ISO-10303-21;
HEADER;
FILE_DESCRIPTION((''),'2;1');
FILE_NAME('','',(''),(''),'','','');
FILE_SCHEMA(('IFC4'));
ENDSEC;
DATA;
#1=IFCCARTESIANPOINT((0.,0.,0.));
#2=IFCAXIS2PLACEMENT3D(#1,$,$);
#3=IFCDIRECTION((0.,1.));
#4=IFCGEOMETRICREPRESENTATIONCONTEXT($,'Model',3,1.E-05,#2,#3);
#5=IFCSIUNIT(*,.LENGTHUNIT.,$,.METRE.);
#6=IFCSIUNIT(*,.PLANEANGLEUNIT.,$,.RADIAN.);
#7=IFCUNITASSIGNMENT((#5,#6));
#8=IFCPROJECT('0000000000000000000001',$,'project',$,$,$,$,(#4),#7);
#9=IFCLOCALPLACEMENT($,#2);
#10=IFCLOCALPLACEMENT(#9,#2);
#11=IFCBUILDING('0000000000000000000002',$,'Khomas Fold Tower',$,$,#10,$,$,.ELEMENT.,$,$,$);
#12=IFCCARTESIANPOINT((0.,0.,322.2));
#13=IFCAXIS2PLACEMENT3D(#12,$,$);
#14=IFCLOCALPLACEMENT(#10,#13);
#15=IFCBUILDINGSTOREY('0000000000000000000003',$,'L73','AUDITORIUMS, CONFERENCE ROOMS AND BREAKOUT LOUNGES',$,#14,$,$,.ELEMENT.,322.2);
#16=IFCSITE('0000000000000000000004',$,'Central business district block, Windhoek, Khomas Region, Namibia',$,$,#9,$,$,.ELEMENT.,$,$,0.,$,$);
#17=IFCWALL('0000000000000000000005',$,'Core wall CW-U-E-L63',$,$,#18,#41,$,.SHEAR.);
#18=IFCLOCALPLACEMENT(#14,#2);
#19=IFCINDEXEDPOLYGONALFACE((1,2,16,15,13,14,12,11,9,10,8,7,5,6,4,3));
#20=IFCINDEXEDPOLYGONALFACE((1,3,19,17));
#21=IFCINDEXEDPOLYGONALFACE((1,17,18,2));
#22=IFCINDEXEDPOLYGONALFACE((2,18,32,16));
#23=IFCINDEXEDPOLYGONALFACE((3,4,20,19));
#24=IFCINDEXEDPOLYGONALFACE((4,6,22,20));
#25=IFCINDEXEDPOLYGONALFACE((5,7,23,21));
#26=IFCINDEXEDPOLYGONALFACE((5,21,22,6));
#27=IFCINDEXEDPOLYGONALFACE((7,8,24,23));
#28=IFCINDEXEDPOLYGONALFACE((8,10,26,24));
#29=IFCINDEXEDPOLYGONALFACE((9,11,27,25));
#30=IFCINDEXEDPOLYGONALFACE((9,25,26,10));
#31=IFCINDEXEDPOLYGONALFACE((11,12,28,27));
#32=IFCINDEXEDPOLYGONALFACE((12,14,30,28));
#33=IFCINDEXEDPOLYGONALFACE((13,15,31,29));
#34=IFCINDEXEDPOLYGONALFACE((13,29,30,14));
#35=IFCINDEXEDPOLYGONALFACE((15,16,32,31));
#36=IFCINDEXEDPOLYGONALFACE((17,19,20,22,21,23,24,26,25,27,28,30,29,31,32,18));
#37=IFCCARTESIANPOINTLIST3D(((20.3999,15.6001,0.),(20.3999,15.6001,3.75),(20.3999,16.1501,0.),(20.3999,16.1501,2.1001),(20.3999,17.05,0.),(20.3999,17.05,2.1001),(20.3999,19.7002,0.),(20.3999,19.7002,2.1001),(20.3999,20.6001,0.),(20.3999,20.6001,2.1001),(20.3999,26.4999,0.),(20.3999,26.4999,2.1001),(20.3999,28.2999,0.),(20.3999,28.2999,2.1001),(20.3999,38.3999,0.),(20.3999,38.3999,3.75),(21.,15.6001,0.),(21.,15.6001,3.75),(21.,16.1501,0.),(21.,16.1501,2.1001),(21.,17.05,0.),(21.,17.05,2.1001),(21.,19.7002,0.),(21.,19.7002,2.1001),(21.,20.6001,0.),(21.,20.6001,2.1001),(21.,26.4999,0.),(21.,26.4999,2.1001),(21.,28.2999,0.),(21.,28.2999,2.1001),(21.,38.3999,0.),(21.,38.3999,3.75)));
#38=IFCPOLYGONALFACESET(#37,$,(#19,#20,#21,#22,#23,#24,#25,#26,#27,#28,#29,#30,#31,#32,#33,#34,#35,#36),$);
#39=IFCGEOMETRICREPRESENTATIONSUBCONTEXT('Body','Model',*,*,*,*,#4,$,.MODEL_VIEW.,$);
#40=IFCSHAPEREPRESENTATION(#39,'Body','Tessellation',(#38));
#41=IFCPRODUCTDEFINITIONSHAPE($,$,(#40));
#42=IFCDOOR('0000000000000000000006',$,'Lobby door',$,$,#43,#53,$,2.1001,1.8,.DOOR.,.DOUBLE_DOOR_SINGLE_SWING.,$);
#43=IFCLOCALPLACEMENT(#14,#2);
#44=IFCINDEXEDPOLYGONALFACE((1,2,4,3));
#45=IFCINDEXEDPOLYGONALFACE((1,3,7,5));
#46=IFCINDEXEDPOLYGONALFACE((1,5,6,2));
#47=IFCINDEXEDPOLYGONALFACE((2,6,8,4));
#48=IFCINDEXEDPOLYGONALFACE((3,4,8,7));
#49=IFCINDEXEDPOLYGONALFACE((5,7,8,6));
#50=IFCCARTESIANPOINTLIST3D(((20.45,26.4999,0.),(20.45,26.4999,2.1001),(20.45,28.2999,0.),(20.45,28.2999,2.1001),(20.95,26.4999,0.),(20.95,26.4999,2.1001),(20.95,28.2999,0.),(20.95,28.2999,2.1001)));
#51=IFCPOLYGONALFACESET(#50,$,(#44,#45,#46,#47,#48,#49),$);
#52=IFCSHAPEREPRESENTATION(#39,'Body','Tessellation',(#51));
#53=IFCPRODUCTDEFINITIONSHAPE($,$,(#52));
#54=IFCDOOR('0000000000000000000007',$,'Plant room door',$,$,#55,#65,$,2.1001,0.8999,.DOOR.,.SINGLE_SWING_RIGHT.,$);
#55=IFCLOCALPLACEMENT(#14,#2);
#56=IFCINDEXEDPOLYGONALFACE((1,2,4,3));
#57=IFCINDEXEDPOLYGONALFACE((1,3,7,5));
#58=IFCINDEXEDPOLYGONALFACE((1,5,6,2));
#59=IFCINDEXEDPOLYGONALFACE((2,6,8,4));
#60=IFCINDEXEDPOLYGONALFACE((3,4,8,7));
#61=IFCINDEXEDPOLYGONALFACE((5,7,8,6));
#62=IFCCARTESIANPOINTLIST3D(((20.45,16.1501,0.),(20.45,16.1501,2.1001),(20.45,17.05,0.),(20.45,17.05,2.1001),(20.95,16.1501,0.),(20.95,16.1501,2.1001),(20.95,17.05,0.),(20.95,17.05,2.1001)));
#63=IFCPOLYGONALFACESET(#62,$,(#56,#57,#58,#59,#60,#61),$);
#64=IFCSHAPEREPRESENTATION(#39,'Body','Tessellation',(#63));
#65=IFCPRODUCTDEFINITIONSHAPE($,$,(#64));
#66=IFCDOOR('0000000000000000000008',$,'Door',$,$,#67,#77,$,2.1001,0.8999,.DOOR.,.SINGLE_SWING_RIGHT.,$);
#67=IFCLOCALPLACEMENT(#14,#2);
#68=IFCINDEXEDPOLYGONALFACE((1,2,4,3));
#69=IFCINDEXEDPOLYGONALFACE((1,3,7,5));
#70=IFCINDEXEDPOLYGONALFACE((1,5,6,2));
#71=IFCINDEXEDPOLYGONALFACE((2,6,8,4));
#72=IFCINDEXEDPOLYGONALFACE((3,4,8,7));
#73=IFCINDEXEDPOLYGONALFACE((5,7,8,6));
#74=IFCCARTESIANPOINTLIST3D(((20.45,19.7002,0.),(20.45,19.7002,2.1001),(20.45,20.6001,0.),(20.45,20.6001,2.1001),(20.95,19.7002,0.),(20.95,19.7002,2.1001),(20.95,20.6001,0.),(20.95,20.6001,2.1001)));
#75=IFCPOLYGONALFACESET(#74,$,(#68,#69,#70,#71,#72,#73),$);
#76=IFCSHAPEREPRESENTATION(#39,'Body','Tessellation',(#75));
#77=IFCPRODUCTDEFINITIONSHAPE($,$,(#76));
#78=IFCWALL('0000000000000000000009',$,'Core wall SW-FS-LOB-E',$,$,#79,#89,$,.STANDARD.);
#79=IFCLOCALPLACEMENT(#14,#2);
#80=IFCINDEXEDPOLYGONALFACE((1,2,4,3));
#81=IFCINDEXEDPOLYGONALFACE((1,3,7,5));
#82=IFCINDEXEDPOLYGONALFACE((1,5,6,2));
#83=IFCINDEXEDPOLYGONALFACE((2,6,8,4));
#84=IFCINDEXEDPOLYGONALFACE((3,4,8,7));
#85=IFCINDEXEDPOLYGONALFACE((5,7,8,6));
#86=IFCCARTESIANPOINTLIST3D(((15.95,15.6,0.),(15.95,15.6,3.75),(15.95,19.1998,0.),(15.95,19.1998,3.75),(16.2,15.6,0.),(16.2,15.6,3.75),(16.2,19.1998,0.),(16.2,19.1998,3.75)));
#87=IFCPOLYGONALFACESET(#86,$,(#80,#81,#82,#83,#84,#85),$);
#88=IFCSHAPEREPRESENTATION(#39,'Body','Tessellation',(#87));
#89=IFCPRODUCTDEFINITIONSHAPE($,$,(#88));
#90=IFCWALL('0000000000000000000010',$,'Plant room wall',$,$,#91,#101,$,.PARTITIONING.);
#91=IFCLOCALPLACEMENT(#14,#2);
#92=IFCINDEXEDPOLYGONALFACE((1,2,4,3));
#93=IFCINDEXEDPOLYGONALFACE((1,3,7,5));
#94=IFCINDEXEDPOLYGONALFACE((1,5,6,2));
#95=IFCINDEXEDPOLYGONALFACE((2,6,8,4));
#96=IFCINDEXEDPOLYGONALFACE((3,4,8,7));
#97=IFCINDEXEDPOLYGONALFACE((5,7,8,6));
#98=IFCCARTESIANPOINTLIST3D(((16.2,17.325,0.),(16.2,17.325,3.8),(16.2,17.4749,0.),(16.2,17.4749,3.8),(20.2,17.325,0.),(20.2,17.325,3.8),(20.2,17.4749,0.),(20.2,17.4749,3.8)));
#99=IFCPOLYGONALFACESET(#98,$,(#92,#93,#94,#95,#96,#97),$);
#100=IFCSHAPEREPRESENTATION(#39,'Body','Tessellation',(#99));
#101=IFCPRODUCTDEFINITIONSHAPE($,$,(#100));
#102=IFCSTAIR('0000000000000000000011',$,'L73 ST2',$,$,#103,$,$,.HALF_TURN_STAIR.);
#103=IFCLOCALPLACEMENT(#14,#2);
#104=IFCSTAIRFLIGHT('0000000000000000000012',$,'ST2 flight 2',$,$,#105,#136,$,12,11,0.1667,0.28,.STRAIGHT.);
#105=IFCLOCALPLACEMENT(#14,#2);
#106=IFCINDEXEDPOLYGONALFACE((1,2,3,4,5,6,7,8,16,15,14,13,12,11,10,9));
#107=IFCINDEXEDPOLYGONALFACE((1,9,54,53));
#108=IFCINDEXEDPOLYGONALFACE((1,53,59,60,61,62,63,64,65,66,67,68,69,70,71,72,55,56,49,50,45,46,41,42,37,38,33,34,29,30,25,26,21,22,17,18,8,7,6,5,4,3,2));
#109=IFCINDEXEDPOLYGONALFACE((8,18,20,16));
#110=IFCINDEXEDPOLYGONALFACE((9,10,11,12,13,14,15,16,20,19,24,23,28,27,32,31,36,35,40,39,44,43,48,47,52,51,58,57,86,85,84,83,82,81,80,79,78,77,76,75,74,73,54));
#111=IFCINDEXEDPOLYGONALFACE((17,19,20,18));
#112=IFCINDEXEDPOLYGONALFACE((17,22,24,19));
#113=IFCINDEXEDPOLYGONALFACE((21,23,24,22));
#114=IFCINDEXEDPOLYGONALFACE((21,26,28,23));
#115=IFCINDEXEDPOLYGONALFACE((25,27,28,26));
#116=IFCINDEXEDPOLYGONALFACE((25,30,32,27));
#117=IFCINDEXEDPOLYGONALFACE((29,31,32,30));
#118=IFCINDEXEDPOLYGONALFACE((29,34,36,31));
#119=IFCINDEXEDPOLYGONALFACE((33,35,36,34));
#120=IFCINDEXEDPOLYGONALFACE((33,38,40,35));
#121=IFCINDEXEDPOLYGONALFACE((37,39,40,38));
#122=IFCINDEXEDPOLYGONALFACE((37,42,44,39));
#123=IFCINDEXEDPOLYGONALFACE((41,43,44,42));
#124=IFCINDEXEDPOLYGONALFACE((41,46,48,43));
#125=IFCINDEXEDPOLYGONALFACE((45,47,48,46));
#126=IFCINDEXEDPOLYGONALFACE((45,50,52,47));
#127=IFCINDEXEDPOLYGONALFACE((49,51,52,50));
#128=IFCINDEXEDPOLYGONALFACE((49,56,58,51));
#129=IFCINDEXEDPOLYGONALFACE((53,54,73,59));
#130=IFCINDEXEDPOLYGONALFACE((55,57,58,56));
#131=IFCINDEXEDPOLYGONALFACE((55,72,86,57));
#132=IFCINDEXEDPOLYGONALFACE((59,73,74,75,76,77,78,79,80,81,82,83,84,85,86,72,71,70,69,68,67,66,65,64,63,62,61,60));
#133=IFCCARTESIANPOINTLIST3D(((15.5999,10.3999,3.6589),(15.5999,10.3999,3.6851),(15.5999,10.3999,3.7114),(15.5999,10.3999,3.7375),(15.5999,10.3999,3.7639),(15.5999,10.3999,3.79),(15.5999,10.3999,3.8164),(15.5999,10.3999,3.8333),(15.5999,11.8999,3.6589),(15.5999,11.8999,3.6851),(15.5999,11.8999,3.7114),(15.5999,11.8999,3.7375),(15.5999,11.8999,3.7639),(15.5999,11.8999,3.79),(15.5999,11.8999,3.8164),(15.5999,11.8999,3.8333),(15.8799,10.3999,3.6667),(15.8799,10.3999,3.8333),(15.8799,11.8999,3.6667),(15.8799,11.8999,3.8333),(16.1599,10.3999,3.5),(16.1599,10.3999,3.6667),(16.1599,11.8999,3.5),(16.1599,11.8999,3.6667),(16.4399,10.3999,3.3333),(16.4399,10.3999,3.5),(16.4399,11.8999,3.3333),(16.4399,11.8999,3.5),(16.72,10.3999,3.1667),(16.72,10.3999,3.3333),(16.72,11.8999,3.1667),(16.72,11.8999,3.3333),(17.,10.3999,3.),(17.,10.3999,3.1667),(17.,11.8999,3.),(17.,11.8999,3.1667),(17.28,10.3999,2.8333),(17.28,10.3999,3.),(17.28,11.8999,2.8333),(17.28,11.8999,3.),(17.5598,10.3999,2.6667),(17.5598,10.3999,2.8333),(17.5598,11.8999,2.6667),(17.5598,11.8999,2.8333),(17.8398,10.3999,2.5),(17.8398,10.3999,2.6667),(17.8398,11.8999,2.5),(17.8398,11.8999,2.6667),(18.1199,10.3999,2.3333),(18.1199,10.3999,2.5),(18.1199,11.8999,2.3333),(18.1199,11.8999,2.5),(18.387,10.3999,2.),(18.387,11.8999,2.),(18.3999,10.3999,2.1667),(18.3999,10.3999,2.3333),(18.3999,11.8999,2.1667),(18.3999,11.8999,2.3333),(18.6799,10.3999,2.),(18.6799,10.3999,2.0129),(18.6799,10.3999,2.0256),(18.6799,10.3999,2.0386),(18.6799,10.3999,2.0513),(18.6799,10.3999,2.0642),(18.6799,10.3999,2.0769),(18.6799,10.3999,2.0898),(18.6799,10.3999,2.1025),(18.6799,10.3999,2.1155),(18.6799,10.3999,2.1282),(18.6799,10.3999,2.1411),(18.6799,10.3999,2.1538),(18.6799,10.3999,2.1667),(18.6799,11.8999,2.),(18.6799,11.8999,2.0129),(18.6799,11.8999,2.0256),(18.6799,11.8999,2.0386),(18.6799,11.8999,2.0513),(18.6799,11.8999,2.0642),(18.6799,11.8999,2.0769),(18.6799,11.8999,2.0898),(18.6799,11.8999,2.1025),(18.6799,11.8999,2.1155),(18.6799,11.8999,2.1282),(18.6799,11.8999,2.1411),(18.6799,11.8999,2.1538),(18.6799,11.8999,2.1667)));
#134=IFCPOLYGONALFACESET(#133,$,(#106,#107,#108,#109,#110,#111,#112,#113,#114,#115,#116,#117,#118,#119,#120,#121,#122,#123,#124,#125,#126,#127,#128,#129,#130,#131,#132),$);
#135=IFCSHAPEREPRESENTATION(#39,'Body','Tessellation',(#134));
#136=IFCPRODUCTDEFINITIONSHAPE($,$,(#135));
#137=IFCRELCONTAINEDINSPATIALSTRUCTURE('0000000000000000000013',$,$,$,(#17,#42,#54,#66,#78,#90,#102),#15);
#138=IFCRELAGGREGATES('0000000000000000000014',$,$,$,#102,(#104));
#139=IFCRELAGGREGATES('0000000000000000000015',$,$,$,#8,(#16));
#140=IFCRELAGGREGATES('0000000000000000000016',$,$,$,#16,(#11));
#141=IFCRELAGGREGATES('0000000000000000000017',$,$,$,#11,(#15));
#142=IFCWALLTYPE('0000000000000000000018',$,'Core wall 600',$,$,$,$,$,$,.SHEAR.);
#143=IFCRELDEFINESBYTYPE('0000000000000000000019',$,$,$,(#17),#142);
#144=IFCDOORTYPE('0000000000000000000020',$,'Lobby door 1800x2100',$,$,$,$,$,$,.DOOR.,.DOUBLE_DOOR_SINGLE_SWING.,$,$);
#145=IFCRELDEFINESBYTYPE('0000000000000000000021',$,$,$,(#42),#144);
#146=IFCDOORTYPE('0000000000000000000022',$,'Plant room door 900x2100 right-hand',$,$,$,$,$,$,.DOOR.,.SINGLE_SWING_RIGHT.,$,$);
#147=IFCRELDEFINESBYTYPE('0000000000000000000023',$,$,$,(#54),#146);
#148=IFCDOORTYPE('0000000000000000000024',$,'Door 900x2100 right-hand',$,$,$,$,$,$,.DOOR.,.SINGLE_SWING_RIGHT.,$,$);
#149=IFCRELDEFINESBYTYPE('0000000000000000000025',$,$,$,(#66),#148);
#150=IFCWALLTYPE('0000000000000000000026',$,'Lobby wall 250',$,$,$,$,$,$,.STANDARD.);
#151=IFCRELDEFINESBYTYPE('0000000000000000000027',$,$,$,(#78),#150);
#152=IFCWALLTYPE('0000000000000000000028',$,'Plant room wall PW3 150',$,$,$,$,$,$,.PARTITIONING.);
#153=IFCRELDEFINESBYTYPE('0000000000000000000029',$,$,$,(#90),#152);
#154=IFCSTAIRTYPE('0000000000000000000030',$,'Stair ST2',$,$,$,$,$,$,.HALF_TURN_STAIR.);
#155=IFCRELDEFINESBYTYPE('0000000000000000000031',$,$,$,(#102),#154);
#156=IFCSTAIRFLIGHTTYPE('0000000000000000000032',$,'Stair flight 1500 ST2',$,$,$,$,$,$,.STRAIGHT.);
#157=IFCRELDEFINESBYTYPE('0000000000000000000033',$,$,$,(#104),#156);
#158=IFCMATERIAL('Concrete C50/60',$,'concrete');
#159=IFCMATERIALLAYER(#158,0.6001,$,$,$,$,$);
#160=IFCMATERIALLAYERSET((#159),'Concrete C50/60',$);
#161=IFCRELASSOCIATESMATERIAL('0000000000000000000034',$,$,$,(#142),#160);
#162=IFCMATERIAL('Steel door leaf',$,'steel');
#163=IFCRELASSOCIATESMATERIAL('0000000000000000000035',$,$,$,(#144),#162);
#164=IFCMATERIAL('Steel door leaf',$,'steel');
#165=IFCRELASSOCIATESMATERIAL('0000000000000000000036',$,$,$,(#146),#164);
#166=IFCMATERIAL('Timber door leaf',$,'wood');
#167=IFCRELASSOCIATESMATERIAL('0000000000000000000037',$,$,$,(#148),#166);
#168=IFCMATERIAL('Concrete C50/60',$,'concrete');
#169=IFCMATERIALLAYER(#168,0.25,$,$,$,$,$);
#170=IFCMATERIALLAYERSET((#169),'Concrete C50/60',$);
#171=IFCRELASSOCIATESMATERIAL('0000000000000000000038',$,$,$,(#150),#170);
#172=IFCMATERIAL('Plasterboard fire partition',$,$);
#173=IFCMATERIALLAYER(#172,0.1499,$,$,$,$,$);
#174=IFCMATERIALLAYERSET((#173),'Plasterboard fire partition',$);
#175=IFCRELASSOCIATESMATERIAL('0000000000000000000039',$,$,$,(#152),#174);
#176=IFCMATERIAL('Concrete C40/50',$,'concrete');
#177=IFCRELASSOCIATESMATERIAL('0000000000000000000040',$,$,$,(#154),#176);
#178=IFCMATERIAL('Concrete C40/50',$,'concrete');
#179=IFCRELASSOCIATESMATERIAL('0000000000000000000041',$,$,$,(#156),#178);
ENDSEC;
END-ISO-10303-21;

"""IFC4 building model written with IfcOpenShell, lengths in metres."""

from ifc_helpers import new_model, si_unit, direction, frame, frame_2d, origin, place, context, subcontext, project, spatial, polyline, rectangle, outline, extrude, source, transform, mapped, material, layer, layer_set, type_object, element, fill, aggregate, save


model = new_model("IFC4")

# Units and contexts
model_context = context("Model", 3, precision=1e-05, world=origin(), true_north=direction((0.0, 1.0)))
body_context = subcontext(model_context, "Body", "Model", "MODEL_VIEW")
ifc_project = project(units=[si_unit("LENGTHUNIT", "METRE"), si_unit("PLANEANGLEUNIT", "RADIAN")], contexts=[model_context])

# Site, building, storey
site_placement = place(None, origin())
site = spatial("IfcSite", under=ifc_project, at=site_placement, Name="Central business district block, Windhoek, Khomas Region, Namibia", CompositionType="ELEMENT", RefElevation=0.0)
building_placement = place(site_placement, origin())
building = spatial("IfcBuilding", under=site, at=building_placement, Name="Khomas Fold Tower", CompositionType="ELEMENT")
storey_placement = place(building_placement, frame((0.0, 0.0, 322.2)))
storey = spatial("IfcBuildingStorey", under=building, at=storey_placement, Name="L73", Description="AUDITORIUMS, CONFERENCE ROOMS AND BREAKOUT LOUNGES", CompositionType="ELEMENT", Elevation=322.2)

# Wall, openings, doors
ifc_material_1 = material(Name="Concrete C50/60", Category="concrete")
ifc_layer_1 = layer(ifc_material_1, 0.6001)
ifc_layer_set_1 = layer_set([ifc_layer_1], Name="Concrete C50/60")
wall_type_1 = type_object("IfcWallType", Name="Core wall 600", PredefinedType="SHEAR", material=ifc_layer_set_1)
shared_shape_1 = source(origin(), body_context, "Body", "SweptSolid", [
    extrude(rectangle(XDim=22.7998, YDim=0.6001, at=frame_2d((11.3999, 0.0))), origin(), (0.0, 0.0, 1.0), 3.75),
])
wall_1_placement = place(storey_placement, frame((20.7, 15.6001, 0.0), z_axis=(0.0, 0.0, 1.0), x_axis=(0.0, 1.0, 0.0)))
wall_1 = element("IfcWall", 1, at=wall_1_placement, inside=storey, type_object=wall_type_1, Name="Core wall CW-U-E-L63", PredefinedType="SHEAR", context=body_context, shape_type="MappedRepresentation", body=[
    mapped(shared_shape_1, transform((0.0, 0.0, 0.0))),
])
shared_shape_2 = source(origin(), body_context, "Body", "SweptSolid", [
    extrude(rectangle(XDim=1.8, YDim=2.1001, at=frame_2d((0.8999, 1.05))), frame((0.0, 0.3101, 0.0), z_axis=(0.0, -1.0, 0.0), x_axis=(1.0, 0.0, 0.0)), (0.0, 0.0, 1.0), 0.6201),
])
opening_1_placement = place(wall_1_placement, frame((10.8999, 0.0, 0.0)))
opening_1 = element("IfcOpeningElement", 2, at=opening_1_placement, cuts=wall_1, PredefinedType="OPENING", context=body_context, shape_type="MappedRepresentation", body=[
    mapped(shared_shape_2, transform((0.0, 0.0, 0.0))),
])
shared_shape_3 = source(origin(), body_context, "Body", "SweptSolid", [
    extrude(rectangle(XDim=0.8999, YDim=2.1001, at=frame_2d((0.45, 1.05))), frame((0.0, 0.3101, 0.0), z_axis=(0.0, -1.0, 0.0), x_axis=(1.0, 0.0, 0.0)), (0.0, 0.0, 1.0), 0.6201),
])
opening_2_placement = place(wall_1_placement, frame((0.55, 0.0, 0.0)))
opening_2 = element("IfcOpeningElement", 3, at=opening_2_placement, cuts=wall_1, PredefinedType="OPENING", context=body_context, shape_type="MappedRepresentation", body=[
    mapped(shared_shape_3, transform((0.0, 0.0, 0.0))),
])
opening_3_placement = place(wall_1_placement, frame((4.1001, 0.0, 0.0)))
opening_3 = element("IfcOpeningElement", 4, at=opening_3_placement, cuts=wall_1, PredefinedType="OPENING", context=body_context, shape_type="MappedRepresentation", body=[
    mapped(shared_shape_3, transform((0.0, 0.0, 0.0))),
])
ifc_material_2 = material(Name="Steel door leaf", Category="steel")
door_type_1 = type_object("IfcDoorType", Name="Lobby door 1800x2100", OperationType="DOUBLE_DOOR_SINGLE_SWING", PredefinedType="DOOR", material=ifc_material_2)
shared_shape_4 = source(origin(), body_context, "Body", "SweptSolid", [
    extrude(rectangle(XDim=1.8, YDim=2.1001, at=frame_2d((0.8999, 1.05))), frame((0.0, 0.25, 0.0), z_axis=(0.0, -1.0, 0.0), x_axis=(1.0, 0.0, 0.0)), (0.0, 0.0, 1.0), 0.5),
])
door_1_placement = place(opening_1_placement, origin())
door_1 = element("IfcDoor", 5, at=door_1_placement, inside=storey, type_object=door_type_1, Name="Lobby door", OperationType="DOUBLE_DOOR_SINGLE_SWING", OverallHeight=2.1001, OverallWidth=1.8, PredefinedType="DOOR", context=body_context, shape_type="MappedRepresentation", body=[
    mapped(shared_shape_4, transform((0.0, 0.0, 0.0))),
])
fill(opening_1, door_1)
ifc_material_3 = material(Name="Steel door leaf", Category="steel")
door_type_2 = type_object("IfcDoorType", Name="Plant room door 900x2100 right-hand", OperationType="SINGLE_SWING_RIGHT", PredefinedType="DOOR", material=ifc_material_3)
shared_shape_5 = source(origin(), body_context, "Body", "SweptSolid", [
    extrude(rectangle(XDim=0.8999, YDim=2.1001, at=frame_2d((0.45, 1.05))), frame((0.0, 0.25, 0.0), z_axis=(0.0, -1.0, 0.0), x_axis=(1.0, 0.0, 0.0)), (0.0, 0.0, 1.0), 0.5),
])
door_2_placement = place(opening_2_placement, origin())
door_2 = element("IfcDoor", 6, at=door_2_placement, inside=storey, type_object=door_type_2, Name="Plant room door", OperationType="SINGLE_SWING_RIGHT", OverallHeight=2.1001, OverallWidth=0.8999, PredefinedType="DOOR", context=body_context, shape_type="MappedRepresentation", body=[
    mapped(shared_shape_5, transform((0.0, 0.0, 0.0))),
])
fill(opening_2, door_2)
ifc_material_4 = material(Name="Timber door leaf", Category="wood")
door_type_3 = type_object("IfcDoorType", Name="Door 900x2100 right-hand", OperationType="SINGLE_SWING_RIGHT", PredefinedType="DOOR", material=ifc_material_4)
door_3_placement = place(opening_3_placement, origin())
door_3 = element("IfcDoor", 7, at=door_3_placement, inside=storey, type_object=door_type_3, Name="Door", OperationType="SINGLE_SWING_RIGHT", OverallHeight=2.1001, OverallWidth=0.8999, PredefinedType="DOOR", context=body_context, shape_type="MappedRepresentation", body=[
    mapped(shared_shape_5, transform((0.0, 0.0, 0.0))),
])
fill(opening_3, door_3)

# Walls
ifc_material_5 = material(Name="Concrete C50/60", Category="concrete")
ifc_layer_2 = layer(ifc_material_5, 0.25)
ifc_layer_set_2 = layer_set([ifc_layer_2], Name="Concrete C50/60")
wall_type_2 = type_object("IfcWallType", Name="Lobby wall 250", PredefinedType="STANDARD", material=ifc_layer_set_2)
shared_shape_6 = source(origin(), body_context, "Body", "SweptSolid", [
    extrude(rectangle(XDim=3.5999, YDim=0.25, at=frame_2d((1.7998, 0.0))), origin(), (0.0, 0.0, 1.0), 3.75),
])
wall_2_placement = place(storey_placement, frame((16.075, 15.6001, 0.0), z_axis=(0.0, 0.0, 1.0), x_axis=(0.0, 1.0, 0.0)))
element("IfcWall", 8, at=wall_2_placement, inside=storey, type_object=wall_type_2, Name="Core wall SW-FS-LOB-E", PredefinedType="STANDARD", context=body_context, shape_type="MappedRepresentation", body=[
    mapped(shared_shape_6, transform((0.0, 0.0, 0.0))),
])
ifc_material_6 = material(Name="Plasterboard fire partition")
ifc_layer_3 = layer(ifc_material_6, 0.1499)
ifc_layer_set_3 = layer_set([ifc_layer_3], Name="Plasterboard fire partition")
wall_type_3 = type_object("IfcWallType", Name="Plant room wall PW3 150", PredefinedType="PARTITIONING", material=ifc_layer_set_3)
shared_shape_7 = source(origin(), body_context, "Body", "SweptSolid", [
    extrude(rectangle(XDim=4.0, YDim=0.1499, at=frame_2d((2.0, 0.0))), origin(), (0.0, 0.0, 1.0), 3.8),
])
wall_3_placement = place(storey_placement, frame((16.2, 17.3999, 0.0), z_axis=(0.0, 0.0, 1.0), x_axis=(1.0, 0.0, 0.0)))
element("IfcWall", 9, at=wall_3_placement, inside=storey, type_object=wall_type_3, Name="Plant room wall", PredefinedType="PARTITIONING", context=body_context, shape_type="MappedRepresentation", body=[
    mapped(shared_shape_7, transform((0.0, 0.0, 0.0))),
])

# Stair, stair flight
ifc_material_7 = material(Name="Concrete C40/50", Category="concrete")
stair_type = type_object("IfcStairType", Name="Stair ST2", PredefinedType="HALF_TURN_STAIR", material=ifc_material_7)
stair_placement = place(storey_placement, origin())
stair = element("IfcStair", 10, at=stair_placement, inside=storey, type_object=stair_type, Name="L73 ST2", PredefinedType="HALF_TURN_STAIR")
ifc_material_8 = material(Name="Concrete C40/50", Category="concrete")
stair_flight_type = type_object("IfcStairFlightType", Name="Stair flight 1500 ST2", PredefinedType="STRAIGHT", material=ifc_material_8)
shared_shape_8 = source(origin(), body_context, "Body", "SweptSolid", [
    extrude(outline(polyline([(0.0, 0.0), (0.0, 0.0129), (0.0, 0.0256), (0.0, 0.0386), (0.0, 0.0513), (0.0, 0.0642), (0.0, 0.0769), (0.0, 0.0898), (0.0, 0.1025), (0.0, 0.1155), (0.0, 0.1282), (0.0, 0.1411), (0.0, 0.1538), (0.0, 0.1667), (0.28, 0.1667), (0.28, 0.3333), (0.5601, 0.3333), (0.5601, 0.5), (0.8401, 0.5), (0.8401, 0.6667), (1.1201, 0.6667), (1.1201, 0.8333), (1.3999, 0.8333), (1.3999, 1.0), (1.6799, 1.0), (1.6799, 1.1667), (1.96, 1.1667), (1.96, 1.3333), (2.24, 1.3333), (2.24, 1.5), (2.52, 1.5), (2.52, 1.6667), (2.8, 1.6667), (2.8, 1.8333), (3.0801, 1.8333), (3.0801, 2.0), (3.0801, 1.9739), (3.0801, 1.9475), (3.0801, 1.9214), (3.0801, 1.895), (3.0801, 1.8689), (3.0801, 1.8425), (3.0801, 1.8164), (3.0801, 1.79), (3.0801, 1.7639), (3.0801, 1.7375), (3.0801, 1.7114), (3.0801, 1.6851), (3.0801, 1.6589), (0.293, 0.0), (0.0, 0.0)])), frame((0.0, 0.75, 0.0), z_axis=(0.0, -1.0, 0.0), x_axis=(1.0, 0.0, 0.0)), (0.0, 0.0, 1.0), 1.5),
])
stair_flight_placement = place(storey_placement, frame((18.6799, 11.1499, 2.0), z_axis=(0.0, 0.0, 1.0), x_axis=(-1.0, 0.0, 0.0)))
stair_flight = element("IfcStairFlight", 11, at=stair_flight_placement, type_object=stair_flight_type, Name="ST2 flight 2", NumberOfRisers=12, NumberOfTreads=11, PredefinedType="STRAIGHT", RiserHeight=0.1667, TreadLength=0.28, context=body_context, shape_type="MappedRepresentation", body=[
    mapped(shared_shape_8, transform((0.0, 0.0, 0.0))),
])
aggregate(stair, [stair_flight])

save(model, "model.ifc")
